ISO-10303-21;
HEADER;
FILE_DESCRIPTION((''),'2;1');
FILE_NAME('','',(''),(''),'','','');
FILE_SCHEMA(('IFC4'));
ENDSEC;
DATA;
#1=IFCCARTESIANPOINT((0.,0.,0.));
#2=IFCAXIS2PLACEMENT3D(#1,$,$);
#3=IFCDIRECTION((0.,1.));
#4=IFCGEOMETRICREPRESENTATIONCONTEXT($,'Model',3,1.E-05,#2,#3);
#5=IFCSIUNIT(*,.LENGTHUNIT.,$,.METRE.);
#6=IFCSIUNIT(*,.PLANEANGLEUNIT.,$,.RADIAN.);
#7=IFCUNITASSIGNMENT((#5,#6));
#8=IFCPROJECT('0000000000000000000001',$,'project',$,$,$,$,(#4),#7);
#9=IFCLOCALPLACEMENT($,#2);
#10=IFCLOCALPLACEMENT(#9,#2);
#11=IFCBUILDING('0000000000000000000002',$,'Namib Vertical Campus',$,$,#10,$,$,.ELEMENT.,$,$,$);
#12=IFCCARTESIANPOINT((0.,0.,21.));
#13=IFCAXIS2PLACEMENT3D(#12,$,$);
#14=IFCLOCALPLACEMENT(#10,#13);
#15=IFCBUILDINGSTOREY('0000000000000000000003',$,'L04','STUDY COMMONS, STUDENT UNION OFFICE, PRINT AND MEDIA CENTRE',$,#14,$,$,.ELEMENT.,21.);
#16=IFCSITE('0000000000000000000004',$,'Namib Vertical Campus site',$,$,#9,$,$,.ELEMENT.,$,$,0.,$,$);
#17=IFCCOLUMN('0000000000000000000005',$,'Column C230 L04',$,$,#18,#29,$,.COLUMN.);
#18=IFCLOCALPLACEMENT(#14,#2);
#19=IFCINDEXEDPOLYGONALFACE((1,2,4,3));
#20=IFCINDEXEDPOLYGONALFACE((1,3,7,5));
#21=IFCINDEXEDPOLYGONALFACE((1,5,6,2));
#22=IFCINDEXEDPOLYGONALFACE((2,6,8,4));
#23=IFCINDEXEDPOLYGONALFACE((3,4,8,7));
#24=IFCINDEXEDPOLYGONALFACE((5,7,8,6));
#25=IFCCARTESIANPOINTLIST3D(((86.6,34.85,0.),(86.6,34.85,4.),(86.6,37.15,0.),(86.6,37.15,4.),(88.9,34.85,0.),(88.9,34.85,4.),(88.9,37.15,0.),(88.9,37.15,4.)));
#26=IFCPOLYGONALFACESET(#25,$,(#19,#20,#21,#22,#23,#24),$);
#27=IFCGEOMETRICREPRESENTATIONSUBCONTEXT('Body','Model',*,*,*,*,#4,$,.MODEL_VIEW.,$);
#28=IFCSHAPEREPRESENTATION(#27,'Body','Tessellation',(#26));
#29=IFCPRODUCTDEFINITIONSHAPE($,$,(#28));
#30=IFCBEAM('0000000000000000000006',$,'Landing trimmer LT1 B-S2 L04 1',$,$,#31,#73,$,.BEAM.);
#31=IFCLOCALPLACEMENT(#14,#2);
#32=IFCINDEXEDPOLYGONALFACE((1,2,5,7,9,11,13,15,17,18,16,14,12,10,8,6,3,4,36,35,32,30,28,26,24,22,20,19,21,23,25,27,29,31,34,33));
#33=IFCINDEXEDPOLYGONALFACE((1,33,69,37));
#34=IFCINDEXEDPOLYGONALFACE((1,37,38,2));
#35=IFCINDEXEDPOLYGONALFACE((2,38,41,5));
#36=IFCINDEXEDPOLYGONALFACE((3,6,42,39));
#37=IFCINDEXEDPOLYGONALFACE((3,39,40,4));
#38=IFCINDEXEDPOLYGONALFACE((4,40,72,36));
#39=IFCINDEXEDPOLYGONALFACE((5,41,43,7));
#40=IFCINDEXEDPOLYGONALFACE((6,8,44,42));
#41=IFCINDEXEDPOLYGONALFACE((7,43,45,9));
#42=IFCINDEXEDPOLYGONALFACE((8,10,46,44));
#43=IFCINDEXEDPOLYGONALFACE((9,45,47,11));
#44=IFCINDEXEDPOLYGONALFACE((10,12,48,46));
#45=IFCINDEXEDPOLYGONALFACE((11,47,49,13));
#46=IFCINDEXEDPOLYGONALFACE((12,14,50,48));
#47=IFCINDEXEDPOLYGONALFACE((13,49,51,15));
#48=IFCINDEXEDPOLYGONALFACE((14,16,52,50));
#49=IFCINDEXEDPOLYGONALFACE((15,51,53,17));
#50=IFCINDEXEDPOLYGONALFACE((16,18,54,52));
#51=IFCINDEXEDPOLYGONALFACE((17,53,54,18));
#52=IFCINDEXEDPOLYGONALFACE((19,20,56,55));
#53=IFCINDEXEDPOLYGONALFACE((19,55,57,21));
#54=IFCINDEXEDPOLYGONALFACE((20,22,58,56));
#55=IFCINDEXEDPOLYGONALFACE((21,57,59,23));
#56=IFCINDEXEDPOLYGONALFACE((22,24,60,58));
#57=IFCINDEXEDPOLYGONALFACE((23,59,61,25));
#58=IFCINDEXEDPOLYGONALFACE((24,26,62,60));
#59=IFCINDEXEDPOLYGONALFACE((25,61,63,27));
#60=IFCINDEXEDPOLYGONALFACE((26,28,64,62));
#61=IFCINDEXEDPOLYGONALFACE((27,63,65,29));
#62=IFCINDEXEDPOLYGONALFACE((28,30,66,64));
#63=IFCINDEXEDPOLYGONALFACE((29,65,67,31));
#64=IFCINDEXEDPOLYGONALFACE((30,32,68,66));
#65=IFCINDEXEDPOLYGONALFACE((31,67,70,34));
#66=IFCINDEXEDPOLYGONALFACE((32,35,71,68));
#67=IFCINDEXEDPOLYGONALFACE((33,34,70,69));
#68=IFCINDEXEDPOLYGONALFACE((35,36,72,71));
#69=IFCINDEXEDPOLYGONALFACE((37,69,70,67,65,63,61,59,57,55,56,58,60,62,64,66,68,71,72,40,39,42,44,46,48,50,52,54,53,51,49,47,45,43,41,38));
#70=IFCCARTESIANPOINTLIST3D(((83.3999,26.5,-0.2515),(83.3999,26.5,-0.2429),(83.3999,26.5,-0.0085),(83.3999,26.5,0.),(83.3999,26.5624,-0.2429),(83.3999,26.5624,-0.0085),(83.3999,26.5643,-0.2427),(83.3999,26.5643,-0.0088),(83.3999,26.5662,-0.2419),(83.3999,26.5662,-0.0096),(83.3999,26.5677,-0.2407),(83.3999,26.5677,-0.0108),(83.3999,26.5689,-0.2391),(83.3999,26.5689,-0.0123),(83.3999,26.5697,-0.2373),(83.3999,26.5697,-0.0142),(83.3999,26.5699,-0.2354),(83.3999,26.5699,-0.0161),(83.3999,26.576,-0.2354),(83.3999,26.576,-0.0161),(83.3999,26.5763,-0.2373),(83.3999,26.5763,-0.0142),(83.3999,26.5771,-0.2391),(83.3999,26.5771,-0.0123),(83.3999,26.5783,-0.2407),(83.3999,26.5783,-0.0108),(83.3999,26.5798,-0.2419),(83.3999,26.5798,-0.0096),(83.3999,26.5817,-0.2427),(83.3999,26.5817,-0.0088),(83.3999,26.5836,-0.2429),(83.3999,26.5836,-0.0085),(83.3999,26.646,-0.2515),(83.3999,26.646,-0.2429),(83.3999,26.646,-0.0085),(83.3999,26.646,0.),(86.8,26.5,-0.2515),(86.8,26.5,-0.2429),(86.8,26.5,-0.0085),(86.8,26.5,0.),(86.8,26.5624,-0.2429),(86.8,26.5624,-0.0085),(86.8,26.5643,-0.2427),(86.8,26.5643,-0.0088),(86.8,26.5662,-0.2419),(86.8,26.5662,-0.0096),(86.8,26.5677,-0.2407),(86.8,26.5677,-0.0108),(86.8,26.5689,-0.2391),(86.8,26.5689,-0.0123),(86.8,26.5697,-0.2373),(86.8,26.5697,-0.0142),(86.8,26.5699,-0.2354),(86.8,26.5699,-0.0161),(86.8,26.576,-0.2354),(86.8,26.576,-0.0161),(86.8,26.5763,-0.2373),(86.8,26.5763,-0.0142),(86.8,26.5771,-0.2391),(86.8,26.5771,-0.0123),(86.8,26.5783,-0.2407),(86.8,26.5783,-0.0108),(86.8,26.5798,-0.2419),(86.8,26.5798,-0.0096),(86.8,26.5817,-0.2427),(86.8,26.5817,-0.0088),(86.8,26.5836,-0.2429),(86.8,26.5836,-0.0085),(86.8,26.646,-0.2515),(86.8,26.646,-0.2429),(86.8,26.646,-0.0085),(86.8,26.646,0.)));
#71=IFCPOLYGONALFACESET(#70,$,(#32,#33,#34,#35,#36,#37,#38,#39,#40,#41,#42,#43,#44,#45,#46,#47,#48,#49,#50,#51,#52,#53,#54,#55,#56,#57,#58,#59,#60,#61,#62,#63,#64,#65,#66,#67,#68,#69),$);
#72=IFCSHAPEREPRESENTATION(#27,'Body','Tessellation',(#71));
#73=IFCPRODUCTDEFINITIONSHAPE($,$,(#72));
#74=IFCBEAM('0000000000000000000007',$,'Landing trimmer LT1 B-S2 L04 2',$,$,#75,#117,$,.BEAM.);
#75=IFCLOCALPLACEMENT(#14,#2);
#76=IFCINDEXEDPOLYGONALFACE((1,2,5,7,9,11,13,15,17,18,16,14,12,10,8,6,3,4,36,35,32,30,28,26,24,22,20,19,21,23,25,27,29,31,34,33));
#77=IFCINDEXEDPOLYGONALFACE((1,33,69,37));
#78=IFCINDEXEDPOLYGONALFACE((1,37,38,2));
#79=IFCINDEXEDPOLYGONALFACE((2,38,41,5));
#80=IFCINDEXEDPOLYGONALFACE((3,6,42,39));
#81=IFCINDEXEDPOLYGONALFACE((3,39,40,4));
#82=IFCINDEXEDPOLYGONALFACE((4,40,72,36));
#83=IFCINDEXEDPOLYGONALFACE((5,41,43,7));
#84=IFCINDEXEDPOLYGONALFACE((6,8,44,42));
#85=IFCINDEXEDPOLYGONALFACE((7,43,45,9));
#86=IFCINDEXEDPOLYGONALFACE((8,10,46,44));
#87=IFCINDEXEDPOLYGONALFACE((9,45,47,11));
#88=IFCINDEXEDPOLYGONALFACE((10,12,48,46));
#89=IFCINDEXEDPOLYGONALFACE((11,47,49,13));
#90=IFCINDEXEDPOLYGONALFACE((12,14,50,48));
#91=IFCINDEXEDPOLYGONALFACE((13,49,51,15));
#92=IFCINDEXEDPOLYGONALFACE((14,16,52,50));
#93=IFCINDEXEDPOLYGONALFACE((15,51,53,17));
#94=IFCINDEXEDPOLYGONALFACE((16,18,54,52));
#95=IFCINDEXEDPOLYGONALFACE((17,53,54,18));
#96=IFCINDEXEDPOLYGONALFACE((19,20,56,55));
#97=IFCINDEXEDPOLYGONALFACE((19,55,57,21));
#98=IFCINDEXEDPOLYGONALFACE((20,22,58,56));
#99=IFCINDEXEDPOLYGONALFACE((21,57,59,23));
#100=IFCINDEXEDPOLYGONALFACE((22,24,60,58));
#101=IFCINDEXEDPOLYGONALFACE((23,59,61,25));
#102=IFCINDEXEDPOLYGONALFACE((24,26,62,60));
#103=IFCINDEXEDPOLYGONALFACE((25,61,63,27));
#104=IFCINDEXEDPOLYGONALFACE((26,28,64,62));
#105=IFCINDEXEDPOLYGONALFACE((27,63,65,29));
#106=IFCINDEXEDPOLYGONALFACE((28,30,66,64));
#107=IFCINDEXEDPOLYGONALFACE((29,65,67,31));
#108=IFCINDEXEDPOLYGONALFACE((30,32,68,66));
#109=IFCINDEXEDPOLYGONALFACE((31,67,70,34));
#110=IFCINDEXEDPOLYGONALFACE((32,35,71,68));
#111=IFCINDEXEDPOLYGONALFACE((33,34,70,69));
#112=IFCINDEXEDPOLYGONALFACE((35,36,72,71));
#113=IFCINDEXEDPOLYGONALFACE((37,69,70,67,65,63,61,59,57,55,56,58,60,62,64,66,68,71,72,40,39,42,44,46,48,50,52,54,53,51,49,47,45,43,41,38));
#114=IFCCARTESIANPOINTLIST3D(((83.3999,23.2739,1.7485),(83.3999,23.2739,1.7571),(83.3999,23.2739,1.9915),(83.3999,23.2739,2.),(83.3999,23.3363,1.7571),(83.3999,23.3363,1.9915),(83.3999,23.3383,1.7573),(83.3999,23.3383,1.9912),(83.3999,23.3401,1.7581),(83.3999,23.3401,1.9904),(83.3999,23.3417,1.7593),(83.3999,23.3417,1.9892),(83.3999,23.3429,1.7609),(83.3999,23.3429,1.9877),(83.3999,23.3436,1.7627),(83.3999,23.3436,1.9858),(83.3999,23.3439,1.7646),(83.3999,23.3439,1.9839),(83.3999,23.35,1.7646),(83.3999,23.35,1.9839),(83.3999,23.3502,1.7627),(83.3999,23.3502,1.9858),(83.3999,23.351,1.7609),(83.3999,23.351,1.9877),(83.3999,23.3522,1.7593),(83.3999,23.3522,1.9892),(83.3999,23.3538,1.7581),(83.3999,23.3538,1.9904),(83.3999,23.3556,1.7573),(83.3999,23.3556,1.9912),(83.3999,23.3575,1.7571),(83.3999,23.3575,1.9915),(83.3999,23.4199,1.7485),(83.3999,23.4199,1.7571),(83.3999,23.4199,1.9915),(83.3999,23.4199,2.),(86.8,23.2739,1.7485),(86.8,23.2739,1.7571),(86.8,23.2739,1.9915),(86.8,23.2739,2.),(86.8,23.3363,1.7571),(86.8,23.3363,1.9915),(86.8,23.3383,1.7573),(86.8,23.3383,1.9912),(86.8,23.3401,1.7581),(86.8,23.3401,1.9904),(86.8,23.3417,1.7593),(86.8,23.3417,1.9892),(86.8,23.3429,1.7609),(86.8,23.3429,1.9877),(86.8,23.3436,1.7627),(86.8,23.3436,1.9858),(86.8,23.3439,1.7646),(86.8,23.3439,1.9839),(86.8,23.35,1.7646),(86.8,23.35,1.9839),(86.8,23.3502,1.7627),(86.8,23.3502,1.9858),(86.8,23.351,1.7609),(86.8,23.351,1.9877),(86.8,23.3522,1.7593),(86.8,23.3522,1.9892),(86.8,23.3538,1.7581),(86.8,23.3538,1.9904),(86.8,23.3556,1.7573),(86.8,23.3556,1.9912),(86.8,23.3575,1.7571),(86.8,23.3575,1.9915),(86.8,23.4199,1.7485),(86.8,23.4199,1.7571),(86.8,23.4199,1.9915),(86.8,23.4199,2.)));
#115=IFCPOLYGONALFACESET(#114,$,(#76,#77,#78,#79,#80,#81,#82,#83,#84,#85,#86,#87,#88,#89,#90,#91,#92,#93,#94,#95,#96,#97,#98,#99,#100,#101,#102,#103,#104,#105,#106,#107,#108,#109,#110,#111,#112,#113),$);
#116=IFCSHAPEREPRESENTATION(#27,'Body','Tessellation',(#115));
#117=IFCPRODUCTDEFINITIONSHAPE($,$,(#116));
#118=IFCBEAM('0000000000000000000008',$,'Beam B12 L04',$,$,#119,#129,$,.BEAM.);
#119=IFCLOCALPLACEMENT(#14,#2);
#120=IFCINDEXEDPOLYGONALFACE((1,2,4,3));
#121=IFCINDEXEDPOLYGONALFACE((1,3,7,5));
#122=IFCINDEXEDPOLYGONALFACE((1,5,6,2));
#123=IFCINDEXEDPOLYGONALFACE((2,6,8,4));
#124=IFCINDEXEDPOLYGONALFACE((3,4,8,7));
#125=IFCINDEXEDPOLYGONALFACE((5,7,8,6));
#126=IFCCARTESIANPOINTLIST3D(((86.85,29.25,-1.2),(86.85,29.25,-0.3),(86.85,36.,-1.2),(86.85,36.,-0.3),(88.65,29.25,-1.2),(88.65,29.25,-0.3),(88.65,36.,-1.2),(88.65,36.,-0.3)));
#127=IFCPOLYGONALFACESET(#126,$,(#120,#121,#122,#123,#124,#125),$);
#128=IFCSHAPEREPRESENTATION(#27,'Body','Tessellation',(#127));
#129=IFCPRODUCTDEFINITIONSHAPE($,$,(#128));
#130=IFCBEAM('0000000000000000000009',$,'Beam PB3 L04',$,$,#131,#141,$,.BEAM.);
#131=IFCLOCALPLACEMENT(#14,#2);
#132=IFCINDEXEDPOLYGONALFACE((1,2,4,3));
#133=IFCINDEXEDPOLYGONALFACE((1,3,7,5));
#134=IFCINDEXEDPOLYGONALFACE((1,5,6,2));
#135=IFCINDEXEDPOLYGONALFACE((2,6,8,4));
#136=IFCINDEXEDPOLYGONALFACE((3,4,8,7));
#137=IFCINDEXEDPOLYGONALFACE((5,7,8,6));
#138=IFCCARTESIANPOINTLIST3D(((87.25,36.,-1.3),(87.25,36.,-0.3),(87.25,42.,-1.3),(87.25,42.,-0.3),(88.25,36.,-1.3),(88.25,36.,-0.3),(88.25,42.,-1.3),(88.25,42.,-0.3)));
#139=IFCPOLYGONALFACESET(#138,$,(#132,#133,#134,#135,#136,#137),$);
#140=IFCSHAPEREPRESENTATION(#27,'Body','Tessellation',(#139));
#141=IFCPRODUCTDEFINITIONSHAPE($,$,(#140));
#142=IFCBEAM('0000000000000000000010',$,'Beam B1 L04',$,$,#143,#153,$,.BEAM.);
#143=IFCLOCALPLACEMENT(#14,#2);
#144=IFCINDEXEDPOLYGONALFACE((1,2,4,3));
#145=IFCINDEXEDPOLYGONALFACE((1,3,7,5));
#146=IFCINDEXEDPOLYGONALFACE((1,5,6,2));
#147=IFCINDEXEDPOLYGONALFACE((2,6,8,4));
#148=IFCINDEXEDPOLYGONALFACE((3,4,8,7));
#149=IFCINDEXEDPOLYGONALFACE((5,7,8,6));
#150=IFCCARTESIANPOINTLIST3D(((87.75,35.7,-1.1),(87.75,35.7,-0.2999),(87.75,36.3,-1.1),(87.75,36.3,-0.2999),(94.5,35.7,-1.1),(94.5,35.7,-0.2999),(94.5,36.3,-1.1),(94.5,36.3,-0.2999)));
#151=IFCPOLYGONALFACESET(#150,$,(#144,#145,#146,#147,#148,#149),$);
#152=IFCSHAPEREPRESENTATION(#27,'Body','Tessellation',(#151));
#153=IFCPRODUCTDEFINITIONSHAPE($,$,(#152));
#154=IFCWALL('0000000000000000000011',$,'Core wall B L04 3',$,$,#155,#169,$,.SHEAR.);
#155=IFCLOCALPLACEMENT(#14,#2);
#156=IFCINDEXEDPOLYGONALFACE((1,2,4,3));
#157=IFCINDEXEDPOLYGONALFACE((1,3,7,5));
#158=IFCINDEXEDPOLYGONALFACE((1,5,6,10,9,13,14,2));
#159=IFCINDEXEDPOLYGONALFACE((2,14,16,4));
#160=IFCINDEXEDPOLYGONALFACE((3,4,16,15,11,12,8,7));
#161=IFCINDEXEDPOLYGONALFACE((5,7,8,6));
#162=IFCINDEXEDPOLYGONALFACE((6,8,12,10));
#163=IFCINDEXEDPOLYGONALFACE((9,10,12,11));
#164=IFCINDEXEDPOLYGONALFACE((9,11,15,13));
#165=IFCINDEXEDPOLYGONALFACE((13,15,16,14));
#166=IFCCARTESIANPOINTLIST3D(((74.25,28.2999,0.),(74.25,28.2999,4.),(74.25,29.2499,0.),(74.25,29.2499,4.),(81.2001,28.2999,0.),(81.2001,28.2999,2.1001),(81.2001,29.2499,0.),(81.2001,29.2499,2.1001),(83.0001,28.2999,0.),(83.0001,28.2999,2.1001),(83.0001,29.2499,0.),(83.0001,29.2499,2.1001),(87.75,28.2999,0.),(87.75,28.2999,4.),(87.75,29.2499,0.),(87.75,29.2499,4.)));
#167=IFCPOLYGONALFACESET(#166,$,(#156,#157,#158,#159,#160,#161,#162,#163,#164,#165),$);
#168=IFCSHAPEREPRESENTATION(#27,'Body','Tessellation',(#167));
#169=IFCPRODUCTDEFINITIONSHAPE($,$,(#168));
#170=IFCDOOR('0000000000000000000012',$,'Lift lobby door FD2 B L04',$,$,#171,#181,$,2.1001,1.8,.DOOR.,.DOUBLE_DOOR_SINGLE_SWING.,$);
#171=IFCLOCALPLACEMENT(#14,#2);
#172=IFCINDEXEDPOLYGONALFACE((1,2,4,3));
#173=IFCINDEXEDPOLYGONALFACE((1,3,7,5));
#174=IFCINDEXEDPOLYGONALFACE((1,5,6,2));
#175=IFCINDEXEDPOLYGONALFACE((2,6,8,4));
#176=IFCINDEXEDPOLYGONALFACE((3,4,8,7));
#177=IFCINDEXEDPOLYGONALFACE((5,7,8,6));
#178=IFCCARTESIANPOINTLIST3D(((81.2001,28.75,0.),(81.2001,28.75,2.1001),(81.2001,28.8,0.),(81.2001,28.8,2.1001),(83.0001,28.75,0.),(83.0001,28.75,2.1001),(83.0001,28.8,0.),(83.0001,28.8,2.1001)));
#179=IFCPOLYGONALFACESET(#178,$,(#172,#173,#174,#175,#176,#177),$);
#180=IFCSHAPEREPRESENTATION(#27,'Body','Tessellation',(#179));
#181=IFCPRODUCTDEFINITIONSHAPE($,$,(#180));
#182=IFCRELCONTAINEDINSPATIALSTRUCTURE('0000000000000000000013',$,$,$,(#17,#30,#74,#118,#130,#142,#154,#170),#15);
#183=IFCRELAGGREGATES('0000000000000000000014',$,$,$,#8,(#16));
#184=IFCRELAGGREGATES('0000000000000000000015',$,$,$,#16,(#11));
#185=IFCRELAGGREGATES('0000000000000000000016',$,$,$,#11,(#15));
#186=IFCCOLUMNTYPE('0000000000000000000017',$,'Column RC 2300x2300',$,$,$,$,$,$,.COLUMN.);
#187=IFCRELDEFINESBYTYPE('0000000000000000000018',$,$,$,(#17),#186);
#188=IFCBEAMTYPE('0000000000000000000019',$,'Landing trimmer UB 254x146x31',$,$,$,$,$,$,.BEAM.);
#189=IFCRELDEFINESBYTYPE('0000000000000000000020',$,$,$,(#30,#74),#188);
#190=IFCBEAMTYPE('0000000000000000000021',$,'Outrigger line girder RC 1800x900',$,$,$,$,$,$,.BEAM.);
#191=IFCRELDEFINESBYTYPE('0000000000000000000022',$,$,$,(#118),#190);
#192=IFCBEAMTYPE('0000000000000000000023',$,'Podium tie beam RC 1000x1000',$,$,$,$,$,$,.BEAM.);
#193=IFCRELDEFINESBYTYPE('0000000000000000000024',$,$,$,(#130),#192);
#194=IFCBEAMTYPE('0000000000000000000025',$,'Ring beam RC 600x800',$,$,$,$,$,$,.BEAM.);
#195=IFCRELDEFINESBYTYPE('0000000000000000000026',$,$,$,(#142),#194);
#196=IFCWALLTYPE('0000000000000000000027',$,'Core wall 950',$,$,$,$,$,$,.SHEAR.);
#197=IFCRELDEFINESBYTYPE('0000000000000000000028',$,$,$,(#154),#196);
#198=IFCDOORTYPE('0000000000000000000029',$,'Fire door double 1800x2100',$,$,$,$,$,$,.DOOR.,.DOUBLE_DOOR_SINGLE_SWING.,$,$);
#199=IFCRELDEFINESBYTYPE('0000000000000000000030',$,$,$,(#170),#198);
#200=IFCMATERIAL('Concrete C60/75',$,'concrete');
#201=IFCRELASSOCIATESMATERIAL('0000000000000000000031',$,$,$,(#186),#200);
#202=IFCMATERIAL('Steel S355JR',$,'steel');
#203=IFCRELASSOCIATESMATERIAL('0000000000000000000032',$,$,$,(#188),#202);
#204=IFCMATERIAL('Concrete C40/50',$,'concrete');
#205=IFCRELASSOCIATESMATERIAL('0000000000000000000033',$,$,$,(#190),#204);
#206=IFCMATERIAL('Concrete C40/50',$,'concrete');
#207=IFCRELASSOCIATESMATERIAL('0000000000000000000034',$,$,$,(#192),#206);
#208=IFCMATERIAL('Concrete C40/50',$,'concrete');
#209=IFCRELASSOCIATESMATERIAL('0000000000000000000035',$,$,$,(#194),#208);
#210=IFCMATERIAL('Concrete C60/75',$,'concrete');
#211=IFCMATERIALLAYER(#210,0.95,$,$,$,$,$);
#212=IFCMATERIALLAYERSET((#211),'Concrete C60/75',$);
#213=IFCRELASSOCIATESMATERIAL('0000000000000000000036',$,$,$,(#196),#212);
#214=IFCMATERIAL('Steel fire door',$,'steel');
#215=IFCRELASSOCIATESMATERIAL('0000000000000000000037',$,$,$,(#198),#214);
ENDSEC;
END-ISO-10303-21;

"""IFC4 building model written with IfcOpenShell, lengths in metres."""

from ifc_helpers import new_model, si_unit, direction, frame, frame_2d, origin, origin_2d, place, context, subcontext, project, spatial, rectangle, i_section, extrude, material, layer, layer_set, material_profile, profile_set, type_object, element, fill, save


model = new_model("IFC4")

# Units and contexts
model_context = context("Model", 3, precision=1e-05, world=origin(), true_north=direction((0.0, 1.0)))
body_context = subcontext(model_context, "Body", "Model", "MODEL_VIEW")
ifc_project = project(units=[si_unit("LENGTHUNIT", "METRE"), si_unit("PLANEANGLEUNIT", "RADIAN")], contexts=[model_context])

# Site, building, storey
site_placement = place(None, origin())
site = spatial("IfcSite", under=ifc_project, at=site_placement, Name="Namib Vertical Campus site", CompositionType="ELEMENT", RefElevation=0.0)
building_placement = place(site_placement, origin())
building = spatial("IfcBuilding", under=site, at=building_placement, Name="Namib Vertical Campus", CompositionType="ELEMENT")
storey_placement = place(building_placement, frame((0.0, 0.0, 21.0)))
storey = spatial("IfcBuildingStorey", under=building, at=storey_placement, Name="L04", Description="STUDY COMMONS, STUDENT UNION OFFICE, PRINT AND MEDIA CENTRE", CompositionType="ELEMENT", Elevation=21.0)

# Column
ifc_material_1 = material(Name="Concrete C60/75", Category="concrete")
ifc_material_profile_1 = material_profile(ifc_material_1, rectangle(XDim=2.3, YDim=2.3, at=origin_2d()))
ifc_profile_set_1 = profile_set([ifc_material_profile_1], Name="Concrete C60/75")
column_type = type_object("IfcColumnType", Name="Column RC 2300x2300", PredefinedType="COLUMN", material=ifc_profile_set_1)
column_placement = place(storey_placement, frame((87.75, 36.0, 0.0), z_axis=(0.0, 0.0, 1.0), x_axis=(1.0, 0.0, 0.0)))
element("IfcColumn", 1, at=column_placement, inside=storey, type_object=column_type, Name="Column C230 L04", PredefinedType="COLUMN", context=body_context, shape_type="SweptSolid", body=[
    extrude(rectangle(XDim=2.3, YDim=2.3, at=origin_2d()), origin(), (0.0, 0.0, 1.0), 4.0),
])

# Beams
ifc_material_2 = material(Name="Steel S355JR", Category="steel")
ifc_material_profile_2 = material_profile(ifc_material_2, i_section(OverallWidth=0.146, OverallDepth=0.2515, WebThickness=0.0061, FlangeThickness=0.0085, FilletRadius=0.0076, at=origin_2d()))
ifc_profile_set_2 = profile_set([ifc_material_profile_2], Name="Steel S355JR")
beam_type_1 = type_object("IfcBeamType", Name="Landing trimmer UB 254x146x31", PredefinedType="BEAM", material=ifc_profile_set_2)
for number, where, z_axis, x_axis, name in (
    (2, (83.3999, 26.573, -0.1257), (1.0, 0.0, 0.0), (0.0, 1.0, 0.0), "Landing trimmer LT1 B-S2 L04 1"),
    (3, (83.3999, 23.3469, 1.8743), (1.0, 0.0, 0.0), (0.0, 1.0, 0.0), "Landing trimmer LT1 B-S2 L04 2"),
):
    element("IfcBeam", number, at=place(storey_placement, frame(where, z_axis=z_axis, x_axis=x_axis)), inside=storey, type_object=beam_type_1, Name=name, PredefinedType="BEAM", context=body_context, shape_type="SweptSolid", body=[
        extrude(i_section(OverallWidth=0.146, OverallDepth=0.2515, WebThickness=0.0061, FlangeThickness=0.0085, FilletRadius=0.0076, at=origin_2d()), origin(), (0.0, 0.0, 1.0), 3.4001),
    ])
ifc_material_3 = material(Name="Concrete C40/50", Category="concrete")
ifc_material_profile_3 = material_profile(ifc_material_3, rectangle(XDim=1.8, YDim=0.8999, at=origin_2d()))
ifc_profile_set_3 = profile_set([ifc_material_profile_3], Name="Concrete C40/50")
beam_type_2 = type_object("IfcBeamType", Name="Outrigger line girder RC 1800x900", PredefinedType="BEAM", material=ifc_profile_set_3)
beam_1_placement = place(storey_placement, frame((87.75, 36.0, -0.75), z_axis=(0.0, -1.0, 0.0), x_axis=(1.0, 0.0, 0.0)))
element("IfcBeam", 4, at=beam_1_placement, inside=storey, type_object=beam_type_2, Name="Beam B12 L04", PredefinedType="BEAM", context=body_context, shape_type="SweptSolid", body=[
    extrude(rectangle(XDim=1.8, YDim=0.8999, at=origin_2d()), origin(), (0.0, 0.0, 1.0), 6.75),
])
ifc_material_4 = material(Name="Concrete C40/50", Category="concrete")
ifc_material_profile_4 = material_profile(ifc_material_4, rectangle(XDim=1.0, YDim=1.0, at=origin_2d()))
ifc_profile_set_4 = profile_set([ifc_material_profile_4], Name="Concrete C40/50")
beam_type_3 = type_object("IfcBeamType", Name="Podium tie beam RC 1000x1000", PredefinedType="BEAM", material=ifc_profile_set_4)
beam_2_placement = place(storey_placement, frame((87.75, 36.0, -0.8), z_axis=(0.0, 1.0, 0.0), x_axis=(-1.0, 0.0, 0.0)))
element("IfcBeam", 5, at=beam_2_placement, inside=storey, type_object=beam_type_3, Name="Beam PB3 L04", PredefinedType="BEAM", context=body_context, shape_type="SweptSolid", body=[
    extrude(rectangle(XDim=1.0, YDim=1.0, at=origin_2d()), origin(), (0.0, 0.0, 1.0), 6.0),
])
ifc_material_5 = material(Name="Concrete C40/50", Category="concrete")
ifc_material_profile_5 = material_profile(ifc_material_5, rectangle(XDim=0.6001, YDim=0.8, at=origin_2d()))
ifc_profile_set_5 = profile_set([ifc_material_profile_5], Name="Concrete C40/50")
beam_type_4 = type_object("IfcBeamType", Name="Ring beam RC 600x800", PredefinedType="BEAM", material=ifc_profile_set_5)
beam_3_placement = place(storey_placement, frame((87.75, 36.0, -0.7), z_axis=(1.0, 0.0, 0.0), x_axis=(0.0, 1.0, 0.0)))
element("IfcBeam", 6, at=beam_3_placement, inside=storey, type_object=beam_type_4, Name="Beam B1 L04", PredefinedType="BEAM", context=body_context, shape_type="SweptSolid", body=[
    extrude(rectangle(XDim=0.6001, YDim=0.8, at=origin_2d()), origin(), (0.0, 0.0, 1.0), 6.75),
])

# Wall, opening, door
ifc_material_6 = material(Name="Concrete C60/75", Category="concrete")
ifc_layer_1 = layer(ifc_material_6, 0.95)
ifc_layer_set_1 = layer_set([ifc_layer_1], Name="Concrete C60/75")
wall_type_1 = type_object("IfcWallType", Name="Core wall 950", PredefinedType="SHEAR", material=ifc_layer_set_1)
wall_1_placement = place(storey_placement, frame((87.75, 28.7749, 0.0), z_axis=(0.0, 0.0, 1.0), x_axis=(-1.0, 0.0, 0.0)))
wall_1 = element("IfcWall", 7, at=wall_1_placement, inside=storey, type_object=wall_type_1, Name="Core wall B L04 3", PredefinedType="SHEAR", context=body_context, shape_type="SweptSolid", body=[
    extrude(rectangle(XDim=13.5, YDim=0.95, at=frame_2d((6.75, 0.0))), origin(), (0.0, 0.0, 1.0), 4.0),
])
opening_1_placement = place(wall_1_placement, frame((4.75, 0.0, 0.0)))
opening_1 = element("IfcOpeningElement", 8, at=opening_1_placement, cuts=wall_1, PredefinedType="OPENING", context=body_context, shape_type="SweptSolid", body=[
    extrude(rectangle(XDim=1.8, YDim=2.1001, at=frame_2d((0.8999, 1.05))), frame((0.0, 0.4849, 0.0), z_axis=(0.0, -1.0, 0.0), x_axis=(1.0, 0.0, 0.0)), (0.0, 0.0, 1.0), 0.97),
])
ifc_material_7 = material(Name="Steel fire door", Category="steel")
door_type_1 = type_object("IfcDoorType", Name="Fire door double 1800x2100", OperationType="DOUBLE_DOOR_SINGLE_SWING", PredefinedType="DOOR", material=ifc_material_7)
door_1_placement = place(opening_1_placement, origin())
door_1 = element("IfcDoor", 9, at=door_1_placement, inside=storey, type_object=door_type_1, Name="Lift lobby door FD2 B L04", OperationType="DOUBLE_DOOR_SINGLE_SWING", OverallHeight=2.1001, OverallWidth=1.8, PredefinedType="DOOR", context=body_context, shape_type="SweptSolid", body=[
    extrude(rectangle(XDim=1.8, YDim=2.1001, at=frame_2d((0.8999, 1.05))), frame((0.0, 0.0249, 0.0), z_axis=(0.0, -1.0, 0.0), x_axis=(1.0, 0.0, 0.0)), (0.0, 0.0, 1.0), 0.05),
])
fill(opening_1, door_1)

save(model, "model.ifc")
